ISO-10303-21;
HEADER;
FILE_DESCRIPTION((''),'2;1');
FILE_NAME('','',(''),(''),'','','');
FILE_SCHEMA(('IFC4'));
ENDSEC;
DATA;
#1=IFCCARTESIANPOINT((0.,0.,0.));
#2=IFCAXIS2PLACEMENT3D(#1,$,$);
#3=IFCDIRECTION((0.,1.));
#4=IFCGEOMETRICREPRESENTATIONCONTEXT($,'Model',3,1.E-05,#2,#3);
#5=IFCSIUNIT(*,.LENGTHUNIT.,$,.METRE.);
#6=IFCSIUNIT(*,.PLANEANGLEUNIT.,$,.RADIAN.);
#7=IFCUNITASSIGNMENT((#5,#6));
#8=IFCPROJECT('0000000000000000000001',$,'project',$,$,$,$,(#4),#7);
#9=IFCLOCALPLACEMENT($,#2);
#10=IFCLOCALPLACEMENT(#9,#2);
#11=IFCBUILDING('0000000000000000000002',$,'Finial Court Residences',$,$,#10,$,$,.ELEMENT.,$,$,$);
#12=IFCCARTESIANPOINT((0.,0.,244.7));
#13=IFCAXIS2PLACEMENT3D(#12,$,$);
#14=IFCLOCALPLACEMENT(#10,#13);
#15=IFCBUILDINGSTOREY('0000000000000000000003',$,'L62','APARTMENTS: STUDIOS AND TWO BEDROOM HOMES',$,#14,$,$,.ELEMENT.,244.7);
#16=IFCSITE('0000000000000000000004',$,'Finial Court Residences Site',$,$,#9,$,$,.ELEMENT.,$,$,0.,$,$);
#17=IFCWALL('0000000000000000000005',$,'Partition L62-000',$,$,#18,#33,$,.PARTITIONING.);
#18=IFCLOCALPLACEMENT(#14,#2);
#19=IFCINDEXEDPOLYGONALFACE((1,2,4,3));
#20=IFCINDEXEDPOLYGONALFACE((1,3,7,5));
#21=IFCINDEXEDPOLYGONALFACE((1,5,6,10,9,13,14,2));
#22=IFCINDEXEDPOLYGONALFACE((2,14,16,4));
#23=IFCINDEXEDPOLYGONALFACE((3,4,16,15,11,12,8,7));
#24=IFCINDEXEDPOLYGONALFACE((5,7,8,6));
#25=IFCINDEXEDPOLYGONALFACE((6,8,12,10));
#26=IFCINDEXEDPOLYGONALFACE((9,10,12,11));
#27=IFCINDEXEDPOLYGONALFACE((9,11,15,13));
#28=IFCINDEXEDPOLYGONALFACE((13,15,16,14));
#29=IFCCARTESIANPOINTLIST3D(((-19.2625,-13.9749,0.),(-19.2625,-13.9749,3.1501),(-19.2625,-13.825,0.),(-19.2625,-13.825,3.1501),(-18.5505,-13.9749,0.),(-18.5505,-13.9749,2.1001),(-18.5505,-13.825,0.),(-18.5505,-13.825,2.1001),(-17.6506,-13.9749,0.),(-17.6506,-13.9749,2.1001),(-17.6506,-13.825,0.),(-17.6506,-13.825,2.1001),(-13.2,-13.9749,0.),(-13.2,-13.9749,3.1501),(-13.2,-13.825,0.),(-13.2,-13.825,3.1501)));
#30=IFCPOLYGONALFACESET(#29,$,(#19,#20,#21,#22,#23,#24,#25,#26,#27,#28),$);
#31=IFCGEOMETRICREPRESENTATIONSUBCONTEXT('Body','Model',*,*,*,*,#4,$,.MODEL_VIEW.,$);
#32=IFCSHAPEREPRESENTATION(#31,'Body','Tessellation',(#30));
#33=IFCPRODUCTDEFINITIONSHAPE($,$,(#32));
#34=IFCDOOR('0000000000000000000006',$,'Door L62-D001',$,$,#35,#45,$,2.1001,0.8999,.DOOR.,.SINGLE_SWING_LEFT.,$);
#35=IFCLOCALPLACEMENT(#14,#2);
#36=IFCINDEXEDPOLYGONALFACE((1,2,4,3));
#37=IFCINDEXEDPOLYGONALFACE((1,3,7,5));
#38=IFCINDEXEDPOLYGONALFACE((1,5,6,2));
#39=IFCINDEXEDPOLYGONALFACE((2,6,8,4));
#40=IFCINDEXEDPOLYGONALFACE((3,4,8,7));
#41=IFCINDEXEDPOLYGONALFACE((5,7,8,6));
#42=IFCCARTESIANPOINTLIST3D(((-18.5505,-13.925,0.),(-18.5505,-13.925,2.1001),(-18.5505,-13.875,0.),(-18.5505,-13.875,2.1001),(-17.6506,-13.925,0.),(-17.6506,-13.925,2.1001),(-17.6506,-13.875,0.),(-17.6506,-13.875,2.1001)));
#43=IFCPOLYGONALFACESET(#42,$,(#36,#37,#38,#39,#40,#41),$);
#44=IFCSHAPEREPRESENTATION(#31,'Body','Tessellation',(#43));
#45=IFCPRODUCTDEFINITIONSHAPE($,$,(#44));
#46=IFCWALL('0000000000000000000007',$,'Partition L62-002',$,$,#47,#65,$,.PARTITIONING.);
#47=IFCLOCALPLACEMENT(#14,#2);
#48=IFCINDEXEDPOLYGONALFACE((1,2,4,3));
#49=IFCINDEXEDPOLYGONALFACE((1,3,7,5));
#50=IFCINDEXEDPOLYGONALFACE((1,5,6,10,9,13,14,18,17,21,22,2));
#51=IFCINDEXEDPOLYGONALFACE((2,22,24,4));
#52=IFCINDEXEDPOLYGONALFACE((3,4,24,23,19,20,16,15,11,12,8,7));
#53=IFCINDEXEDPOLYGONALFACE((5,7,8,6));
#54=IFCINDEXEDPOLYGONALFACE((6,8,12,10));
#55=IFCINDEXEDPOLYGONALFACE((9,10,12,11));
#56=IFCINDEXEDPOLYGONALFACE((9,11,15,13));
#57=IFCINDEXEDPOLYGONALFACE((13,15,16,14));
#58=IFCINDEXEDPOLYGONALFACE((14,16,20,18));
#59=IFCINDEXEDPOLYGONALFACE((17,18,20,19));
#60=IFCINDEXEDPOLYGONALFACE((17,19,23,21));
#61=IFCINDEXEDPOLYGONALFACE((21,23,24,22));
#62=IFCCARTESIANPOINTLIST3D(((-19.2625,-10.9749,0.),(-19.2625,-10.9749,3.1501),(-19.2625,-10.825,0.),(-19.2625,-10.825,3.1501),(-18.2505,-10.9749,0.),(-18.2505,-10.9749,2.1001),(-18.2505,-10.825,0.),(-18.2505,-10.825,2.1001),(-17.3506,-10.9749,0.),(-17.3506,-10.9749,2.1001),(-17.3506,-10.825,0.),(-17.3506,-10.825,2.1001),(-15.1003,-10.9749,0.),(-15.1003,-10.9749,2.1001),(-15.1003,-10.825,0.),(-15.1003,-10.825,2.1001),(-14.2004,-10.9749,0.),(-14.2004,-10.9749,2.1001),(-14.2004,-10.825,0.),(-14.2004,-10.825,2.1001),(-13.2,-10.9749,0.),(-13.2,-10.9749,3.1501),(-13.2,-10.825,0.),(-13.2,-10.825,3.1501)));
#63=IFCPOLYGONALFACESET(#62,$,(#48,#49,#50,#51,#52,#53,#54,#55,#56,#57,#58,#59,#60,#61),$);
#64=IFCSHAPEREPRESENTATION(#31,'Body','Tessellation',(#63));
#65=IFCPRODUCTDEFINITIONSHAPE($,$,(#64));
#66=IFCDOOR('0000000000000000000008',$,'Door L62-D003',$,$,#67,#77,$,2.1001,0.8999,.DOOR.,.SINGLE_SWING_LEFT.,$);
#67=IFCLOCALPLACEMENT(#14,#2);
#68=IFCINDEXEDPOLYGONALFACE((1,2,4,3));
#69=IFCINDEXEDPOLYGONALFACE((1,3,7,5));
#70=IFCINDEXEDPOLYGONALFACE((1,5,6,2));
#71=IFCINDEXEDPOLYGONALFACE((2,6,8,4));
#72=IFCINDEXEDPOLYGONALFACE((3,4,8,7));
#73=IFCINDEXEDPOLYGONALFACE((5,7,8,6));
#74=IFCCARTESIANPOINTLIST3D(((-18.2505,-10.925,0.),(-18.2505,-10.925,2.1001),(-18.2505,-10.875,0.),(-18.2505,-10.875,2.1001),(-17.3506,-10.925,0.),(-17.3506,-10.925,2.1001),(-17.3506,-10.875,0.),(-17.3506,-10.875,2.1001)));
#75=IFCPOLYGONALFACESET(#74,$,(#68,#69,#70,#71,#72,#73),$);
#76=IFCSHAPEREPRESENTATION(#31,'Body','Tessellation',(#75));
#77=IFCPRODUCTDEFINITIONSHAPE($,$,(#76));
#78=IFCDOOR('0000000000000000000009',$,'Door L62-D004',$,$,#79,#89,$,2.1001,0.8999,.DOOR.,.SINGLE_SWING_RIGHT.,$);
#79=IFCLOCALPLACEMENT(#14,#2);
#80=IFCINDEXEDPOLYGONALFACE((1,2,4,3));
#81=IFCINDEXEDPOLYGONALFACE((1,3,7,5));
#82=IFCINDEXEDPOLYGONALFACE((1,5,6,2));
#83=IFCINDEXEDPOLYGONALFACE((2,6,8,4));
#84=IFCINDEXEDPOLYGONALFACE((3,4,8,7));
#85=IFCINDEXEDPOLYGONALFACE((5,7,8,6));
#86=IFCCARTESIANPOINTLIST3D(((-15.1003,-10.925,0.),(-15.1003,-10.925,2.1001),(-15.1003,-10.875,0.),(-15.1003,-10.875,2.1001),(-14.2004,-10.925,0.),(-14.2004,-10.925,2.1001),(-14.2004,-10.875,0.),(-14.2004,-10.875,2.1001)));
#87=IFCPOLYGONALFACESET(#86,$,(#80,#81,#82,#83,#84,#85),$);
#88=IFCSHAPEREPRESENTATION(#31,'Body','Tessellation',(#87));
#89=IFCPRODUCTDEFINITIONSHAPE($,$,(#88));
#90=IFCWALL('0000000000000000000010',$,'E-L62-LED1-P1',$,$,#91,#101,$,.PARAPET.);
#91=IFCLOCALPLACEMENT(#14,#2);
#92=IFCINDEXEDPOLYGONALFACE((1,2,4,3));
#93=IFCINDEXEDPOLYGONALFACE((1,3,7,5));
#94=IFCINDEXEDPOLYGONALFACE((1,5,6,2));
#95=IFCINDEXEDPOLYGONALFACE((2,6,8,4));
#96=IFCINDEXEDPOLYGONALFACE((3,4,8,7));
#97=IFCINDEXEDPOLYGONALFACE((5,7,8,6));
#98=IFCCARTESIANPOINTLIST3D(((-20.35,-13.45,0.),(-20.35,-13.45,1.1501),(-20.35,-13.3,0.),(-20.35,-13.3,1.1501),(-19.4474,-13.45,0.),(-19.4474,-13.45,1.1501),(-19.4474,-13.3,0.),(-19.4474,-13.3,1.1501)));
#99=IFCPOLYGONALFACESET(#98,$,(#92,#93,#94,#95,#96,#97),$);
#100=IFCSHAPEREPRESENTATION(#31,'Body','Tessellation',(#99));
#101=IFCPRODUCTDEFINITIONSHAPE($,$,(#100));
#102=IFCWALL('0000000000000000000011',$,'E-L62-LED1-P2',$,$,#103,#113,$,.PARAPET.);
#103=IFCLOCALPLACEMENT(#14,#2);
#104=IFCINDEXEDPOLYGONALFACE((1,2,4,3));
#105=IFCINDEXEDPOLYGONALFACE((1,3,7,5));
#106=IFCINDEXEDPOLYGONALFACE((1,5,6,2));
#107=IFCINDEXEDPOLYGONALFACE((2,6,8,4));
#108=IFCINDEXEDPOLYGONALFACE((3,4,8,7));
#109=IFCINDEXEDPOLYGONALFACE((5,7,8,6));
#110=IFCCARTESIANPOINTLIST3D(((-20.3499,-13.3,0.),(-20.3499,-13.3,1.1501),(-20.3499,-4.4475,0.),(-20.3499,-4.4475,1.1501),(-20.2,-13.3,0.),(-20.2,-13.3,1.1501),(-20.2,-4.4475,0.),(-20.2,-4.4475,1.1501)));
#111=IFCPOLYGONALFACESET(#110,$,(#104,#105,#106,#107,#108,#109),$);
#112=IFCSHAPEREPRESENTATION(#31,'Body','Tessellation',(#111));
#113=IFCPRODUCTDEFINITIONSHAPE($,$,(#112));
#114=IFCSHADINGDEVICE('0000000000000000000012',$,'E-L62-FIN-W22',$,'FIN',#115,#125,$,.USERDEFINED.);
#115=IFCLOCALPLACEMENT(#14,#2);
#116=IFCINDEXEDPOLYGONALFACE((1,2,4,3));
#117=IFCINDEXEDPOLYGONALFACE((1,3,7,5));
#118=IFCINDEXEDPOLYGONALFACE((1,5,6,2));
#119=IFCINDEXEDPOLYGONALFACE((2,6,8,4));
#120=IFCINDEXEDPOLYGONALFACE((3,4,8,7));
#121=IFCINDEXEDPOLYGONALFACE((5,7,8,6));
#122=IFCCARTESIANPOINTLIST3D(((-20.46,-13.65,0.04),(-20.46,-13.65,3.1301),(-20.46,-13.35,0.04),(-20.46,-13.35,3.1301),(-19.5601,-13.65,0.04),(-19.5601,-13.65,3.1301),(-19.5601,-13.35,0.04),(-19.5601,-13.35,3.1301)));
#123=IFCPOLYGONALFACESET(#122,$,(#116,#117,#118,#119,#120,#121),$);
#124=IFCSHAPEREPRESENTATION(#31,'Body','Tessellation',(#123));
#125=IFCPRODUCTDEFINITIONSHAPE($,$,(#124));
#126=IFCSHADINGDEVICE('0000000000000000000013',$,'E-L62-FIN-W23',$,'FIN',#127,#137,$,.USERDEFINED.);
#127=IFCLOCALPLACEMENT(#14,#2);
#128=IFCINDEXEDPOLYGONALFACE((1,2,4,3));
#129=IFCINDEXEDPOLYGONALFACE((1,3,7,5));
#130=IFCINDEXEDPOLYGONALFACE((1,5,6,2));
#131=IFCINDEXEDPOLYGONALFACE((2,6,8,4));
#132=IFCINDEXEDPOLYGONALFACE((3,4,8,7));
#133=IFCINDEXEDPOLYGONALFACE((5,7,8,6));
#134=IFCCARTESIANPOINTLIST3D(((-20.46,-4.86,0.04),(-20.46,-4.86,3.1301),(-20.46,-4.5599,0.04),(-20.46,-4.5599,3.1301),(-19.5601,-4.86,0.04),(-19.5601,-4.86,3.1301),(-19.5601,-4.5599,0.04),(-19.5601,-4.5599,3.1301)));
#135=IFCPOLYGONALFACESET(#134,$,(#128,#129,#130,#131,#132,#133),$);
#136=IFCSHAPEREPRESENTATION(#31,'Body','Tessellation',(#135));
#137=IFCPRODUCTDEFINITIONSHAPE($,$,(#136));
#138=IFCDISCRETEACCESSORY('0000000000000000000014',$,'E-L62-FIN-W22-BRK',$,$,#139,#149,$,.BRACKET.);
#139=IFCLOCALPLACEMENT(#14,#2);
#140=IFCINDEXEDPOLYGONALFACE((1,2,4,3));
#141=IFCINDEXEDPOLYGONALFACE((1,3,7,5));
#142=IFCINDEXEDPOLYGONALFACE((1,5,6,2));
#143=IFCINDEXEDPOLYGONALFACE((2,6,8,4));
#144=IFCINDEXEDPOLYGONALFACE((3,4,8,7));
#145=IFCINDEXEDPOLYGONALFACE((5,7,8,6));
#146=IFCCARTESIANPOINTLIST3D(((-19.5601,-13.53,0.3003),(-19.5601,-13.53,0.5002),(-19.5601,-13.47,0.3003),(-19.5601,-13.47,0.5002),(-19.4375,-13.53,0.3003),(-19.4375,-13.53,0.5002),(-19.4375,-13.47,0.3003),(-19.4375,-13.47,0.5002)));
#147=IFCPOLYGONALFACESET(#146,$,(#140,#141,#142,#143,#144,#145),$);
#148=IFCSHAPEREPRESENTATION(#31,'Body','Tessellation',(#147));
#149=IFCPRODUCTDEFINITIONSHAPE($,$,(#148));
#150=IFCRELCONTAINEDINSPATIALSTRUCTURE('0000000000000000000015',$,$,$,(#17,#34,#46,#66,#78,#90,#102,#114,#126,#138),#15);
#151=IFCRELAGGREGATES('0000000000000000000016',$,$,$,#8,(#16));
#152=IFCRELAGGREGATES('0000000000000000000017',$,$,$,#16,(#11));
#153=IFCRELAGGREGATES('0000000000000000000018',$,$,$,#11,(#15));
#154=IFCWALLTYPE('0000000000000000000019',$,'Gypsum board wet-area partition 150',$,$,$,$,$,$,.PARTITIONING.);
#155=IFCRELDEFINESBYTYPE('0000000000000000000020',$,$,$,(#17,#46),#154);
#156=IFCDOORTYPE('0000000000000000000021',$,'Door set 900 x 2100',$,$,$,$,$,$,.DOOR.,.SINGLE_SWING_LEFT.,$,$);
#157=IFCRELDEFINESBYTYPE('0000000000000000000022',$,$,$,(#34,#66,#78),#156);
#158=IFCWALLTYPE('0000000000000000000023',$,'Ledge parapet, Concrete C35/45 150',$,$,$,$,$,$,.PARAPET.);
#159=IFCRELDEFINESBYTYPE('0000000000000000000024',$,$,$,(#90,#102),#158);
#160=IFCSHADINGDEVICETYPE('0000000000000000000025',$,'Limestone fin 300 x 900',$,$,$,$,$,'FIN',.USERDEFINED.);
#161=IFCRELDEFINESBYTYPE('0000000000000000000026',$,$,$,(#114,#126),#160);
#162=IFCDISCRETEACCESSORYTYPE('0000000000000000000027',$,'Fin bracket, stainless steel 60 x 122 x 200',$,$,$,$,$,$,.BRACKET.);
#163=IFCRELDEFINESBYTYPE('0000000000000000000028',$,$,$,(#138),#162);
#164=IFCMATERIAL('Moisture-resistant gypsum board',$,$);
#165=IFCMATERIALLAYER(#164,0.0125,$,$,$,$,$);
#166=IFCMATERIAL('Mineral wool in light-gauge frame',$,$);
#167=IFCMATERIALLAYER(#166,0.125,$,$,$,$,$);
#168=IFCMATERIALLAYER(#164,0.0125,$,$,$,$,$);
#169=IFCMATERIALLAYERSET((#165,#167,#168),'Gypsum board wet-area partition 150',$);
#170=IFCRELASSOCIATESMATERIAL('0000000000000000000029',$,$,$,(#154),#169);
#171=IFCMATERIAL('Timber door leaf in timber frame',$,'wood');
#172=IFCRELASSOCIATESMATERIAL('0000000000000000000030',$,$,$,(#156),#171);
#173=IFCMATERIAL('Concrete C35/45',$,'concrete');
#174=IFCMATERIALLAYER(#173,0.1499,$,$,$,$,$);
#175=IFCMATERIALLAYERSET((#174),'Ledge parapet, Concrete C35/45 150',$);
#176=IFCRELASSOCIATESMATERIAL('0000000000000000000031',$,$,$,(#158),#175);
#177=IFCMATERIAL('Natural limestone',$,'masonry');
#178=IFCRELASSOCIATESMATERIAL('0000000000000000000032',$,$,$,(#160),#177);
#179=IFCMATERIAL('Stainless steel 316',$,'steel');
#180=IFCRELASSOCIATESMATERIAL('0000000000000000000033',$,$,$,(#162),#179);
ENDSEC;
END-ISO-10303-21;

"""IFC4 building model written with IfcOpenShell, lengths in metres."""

from ifc_helpers import new_model, si_unit, direction, frame, frame_2d, origin, origin_2d, place, context, subcontext, project, spatial, rectangle, extrude, material, layer, layer_set, type_object, element, fill, save


model = new_model("IFC4")

# Units and contexts
model_context = context("Model", 3, precision=1e-05, world=origin(), true_north=direction((0.0, 1.0)))
body_context = subcontext(model_context, "Body", "Model", "MODEL_VIEW")
ifc_project = project(units=[si_unit("LENGTHUNIT", "METRE"), si_unit("PLANEANGLEUNIT", "RADIAN")], contexts=[model_context])

# Site, building, storey
site_placement = place(None, origin())
site = spatial("IfcSite", under=ifc_project, at=site_placement, Name="Finial Court Residences Site", CompositionType="ELEMENT", RefElevation=0.0)
building_placement = place(site_placement, origin())
building = spatial("IfcBuilding", under=site, at=building_placement, Name="Finial Court Residences", CompositionType="ELEMENT")
storey_placement = place(building_placement, frame((0.0, 0.0, 244.7)))
storey = spatial("IfcBuildingStorey", under=building, at=storey_placement, Name="L62", Description="APARTMENTS: STUDIOS AND TWO BEDROOM HOMES", CompositionType="ELEMENT", Elevation=244.7)

# Wall, opening, door
ifc_material_1 = material(Name="Moisture-resistant gypsum board")
ifc_layer_1 = layer(ifc_material_1, 0.0125)
ifc_material_2 = material(Name="Mineral wool in light-gauge frame")
ifc_layer_2 = layer(ifc_material_2, 0.125)
ifc_layer_3 = layer(ifc_material_1, 0.0125)
ifc_layer_set_1 = layer_set([ifc_layer_1, ifc_layer_2, ifc_layer_3], Name="Gypsum board wet-area partition 150")
wall_type_1 = type_object("IfcWallType", Name="Gypsum board wet-area partition 150", PredefinedType="PARTITIONING", material=ifc_layer_set_1)
wall_1_placement = place(storey_placement, frame((-19.2625, -13.8999, 0.0), z_axis=(0.0, 0.0, 1.0), x_axis=(1.0, 0.0, 0.0)))
wall_1 = element("IfcWall", 1, at=wall_1_placement, inside=storey, type_object=wall_type_1, Name="Partition L62-000", PredefinedType="PARTITIONING", context=body_context, shape_type="SweptSolid", body=[
    extrude(rectangle(XDim=6.0625, YDim=0.1499, at=frame_2d((3.0312, 0.0))), origin(), (0.0, 0.0, 1.0), 3.1501),
])
opening_1_placement = place(wall_1_placement, frame((0.7119, 0.0, 0.0)))
opening_1 = element("IfcOpeningElement", 2, at=opening_1_placement, cuts=wall_1, PredefinedType="OPENING", context=body_context, shape_type="SweptSolid", body=[
    extrude(rectangle(XDim=0.8999, YDim=2.1001, at=frame_2d((0.45, 1.05))), frame((0.0, 0.085, 0.0), z_axis=(0.0, -1.0, 0.0), x_axis=(1.0, 0.0, 0.0)), (0.0, 0.0, 1.0), 0.1699),
])
ifc_material_3 = material(Name="Timber door leaf in timber frame", Category="wood")
door_type_1 = type_object("IfcDoorType", Name="Door set 900 x 2100", OperationType="SINGLE_SWING_LEFT", PredefinedType="DOOR", material=ifc_material_3)
door_1_placement = place(opening_1_placement, origin())
door_1 = element("IfcDoor", 3, at=door_1_placement, inside=storey, type_object=door_type_1, Name="Door L62-D001", OperationType="SINGLE_SWING_LEFT", OverallHeight=2.1001, OverallWidth=0.8999, PredefinedType="DOOR", context=body_context, shape_type="SweptSolid", body=[
    extrude(rectangle(XDim=0.8999, YDim=2.1001, at=frame_2d((0.45, 1.05))), frame((0.0, 0.0249, 0.0), z_axis=(0.0, -1.0, 0.0), x_axis=(1.0, 0.0, 0.0)), (0.0, 0.0, 1.0), 0.05),
])
fill(opening_1, door_1)

# Wall, openings, doors
wall_2_placement = place(storey_placement, frame((-19.2625, -10.8999, 0.0), z_axis=(0.0, 0.0, 1.0), x_axis=(1.0, 0.0, 0.0)))
wall_2 = element("IfcWall", 4, at=wall_2_placement, inside=storey, type_object=wall_type_1, Name="Partition L62-002", PredefinedType="PARTITIONING", context=body_context, shape_type="SweptSolid", body=[
    extrude(rectangle(XDim=6.0625, YDim=0.1499, at=frame_2d((3.0312, 0.0))), origin(), (0.0, 0.0, 1.0), 3.1501),
])
opening_2_placement = place(wall_2_placement, frame((1.012, 0.0, 0.0)))
opening_2 = element("IfcOpeningElement", 5, at=opening_2_placement, cuts=wall_2, PredefinedType="OPENING", context=body_context, shape_type="SweptSolid", body=[
    extrude(rectangle(XDim=0.8999, YDim=2.1001, at=frame_2d((0.45, 1.05))), frame((0.0, 0.085, 0.0), z_axis=(0.0, -1.0, 0.0), x_axis=(1.0, 0.0, 0.0)), (0.0, 0.0, 1.0), 0.1699),
])
opening_3_placement = place(wall_2_placement, frame((4.1621, 0.0, 0.0)))
opening_3 = element("IfcOpeningElement", 6, at=opening_3_placement, cuts=wall_2, PredefinedType="OPENING", context=body_context, shape_type="SweptSolid", body=[
    extrude(rectangle(XDim=0.8999, YDim=2.1001, at=frame_2d((0.45, 1.05))), frame((0.0, 0.085, 0.0), z_axis=(0.0, -1.0, 0.0), x_axis=(1.0, 0.0, 0.0)), (0.0, 0.0, 1.0), 0.1699),
])
door_2_placement = place(opening_2_placement, origin())
door_2 = element("IfcDoor", 7, at=door_2_placement, inside=storey, type_object=door_type_1, Name="Door L62-D003", OperationType="SINGLE_SWING_LEFT", OverallHeight=2.1001, OverallWidth=0.8999, PredefinedType="DOOR", context=body_context, shape_type="SweptSolid", body=[
    extrude(rectangle(XDim=0.8999, YDim=2.1001, at=frame_2d((0.45, 1.05))), frame((0.0, 0.0249, 0.0), z_axis=(0.0, -1.0, 0.0), x_axis=(1.0, 0.0, 0.0)), (0.0, 0.0, 1.0), 0.05),
])
fill(opening_2, door_2)
door_3_placement = place(opening_3_placement, origin())
door_3 = element("IfcDoor", 8, at=door_3_placement, inside=storey, type_object=door_type_1, Name="Door L62-D004", OperationType="SINGLE_SWING_RIGHT", OverallHeight=2.1001, OverallWidth=0.8999, PredefinedType="DOOR", context=body_context, shape_type="SweptSolid", body=[
    extrude(rectangle(XDim=0.8999, YDim=2.1001, at=frame_2d((0.45, 1.05))), frame((0.0, 0.0249, 0.0), z_axis=(0.0, -1.0, 0.0), x_axis=(1.0, 0.0, 0.0)), (0.0, 0.0, 1.0), 0.05),
])
fill(opening_3, door_3)

# Walls
ifc_material_4 = material(Name="Concrete C35/45", Category="concrete")
ifc_layer_4 = layer(ifc_material_4, 0.1499)
ifc_layer_set_2 = layer_set([ifc_layer_4], Name="Ledge parapet, Concrete C35/45 150")
wall_type_2 = type_object("IfcWallType", Name="Ledge parapet, Concrete C35/45 150", PredefinedType="PARAPET", material=ifc_layer_set_2)
wall_3_placement = place(storey_placement, frame((-19.4475, -13.375, 0.0), z_axis=(0.0, 0.0, 1.0), x_axis=(-1.0, 0.0, 0.0)))
element("IfcWall", 9, at=wall_3_placement, inside=storey, type_object=wall_type_2, Name="E-L62-LED1-P1", PredefinedType="PARAPET", context=body_context, shape_type="SweptSolid", body=[
    extrude(rectangle(XDim=0.9026, YDim=0.1499, at=frame_2d((0.4512, 0.0))), origin(), (0.0, 0.0, 1.0), 1.1501),
])
wall_4_placement = place(storey_placement, frame((-20.2749, -13.3, 0.0), z_axis=(0.0, 0.0, 1.0), x_axis=(0.0, 1.0, 0.0)))
element("IfcWall", 10, at=wall_4_placement, inside=storey, type_object=wall_type_2, Name="E-L62-LED1-P2", PredefinedType="PARAPET", context=body_context, shape_type="SweptSolid", body=[
    extrude(rectangle(XDim=8.8525, YDim=0.1499, at=frame_2d((4.4263, 0.0))), origin(), (0.0, 0.0, 1.0), 1.1501),
])

# Shading devices
ifc_material_5 = material(Name="Natural limestone", Category="masonry")
shading_device_type = type_object("IfcShadingDeviceType", Name="Limestone fin 300 x 900", ElementType="FIN", PredefinedType="USERDEFINED", material=ifc_material_5)
for number, where, z_axis, x_axis, name in (
    (11, (-20.01, -13.5, 0.04), (0.0, 0.0, 1.0), (1.0, 0.0, 0.0), "E-L62-FIN-W22"),
    (12, (-20.01, -4.71, 0.04), (0.0, 0.0, 1.0), (1.0, 0.0, 0.0), "E-L62-FIN-W23"),
):
    element("IfcShadingDevice", number, at=place(storey_placement, frame(where, z_axis=z_axis, x_axis=x_axis)), inside=storey, type_object=shading_device_type, Name=name, ObjectType="FIN", PredefinedType="USERDEFINED", context=body_context, shape_type="SweptSolid", body=[
        extrude(rectangle(XDim=0.8999, YDim=0.3, at=origin_2d()), origin(), (0.0, 0.0, 1.0), 3.0901),
    ])

# Discrete accessory
ifc_material_6 = material(Name="Stainless steel 316", Category="steel")
discrete_accessory_type = type_object("IfcDiscreteAccessoryType", Name="Fin bracket, stainless steel 60 x 122 x 200", PredefinedType="BRACKET", material=ifc_material_6)
discrete_accessory_placement = place(storey_placement, frame((-19.4988, -13.5, 0.3003), z_axis=(0.0, 0.0, 1.0), x_axis=(1.0, 0.0, 0.0)))
element("IfcDiscreteAccessory", 13, at=discrete_accessory_placement, inside=storey, type_object=discrete_accessory_type, Name="E-L62-FIN-W22-BRK", PredefinedType="BRACKET", context=body_context, shape_type="SweptSolid", body=[
    extrude(rectangle(XDim=0.1226, YDim=0.0601, at=origin_2d()), origin(), (0.0, 0.0, 1.0), 0.2),
])

save(model, "model.ifc")
